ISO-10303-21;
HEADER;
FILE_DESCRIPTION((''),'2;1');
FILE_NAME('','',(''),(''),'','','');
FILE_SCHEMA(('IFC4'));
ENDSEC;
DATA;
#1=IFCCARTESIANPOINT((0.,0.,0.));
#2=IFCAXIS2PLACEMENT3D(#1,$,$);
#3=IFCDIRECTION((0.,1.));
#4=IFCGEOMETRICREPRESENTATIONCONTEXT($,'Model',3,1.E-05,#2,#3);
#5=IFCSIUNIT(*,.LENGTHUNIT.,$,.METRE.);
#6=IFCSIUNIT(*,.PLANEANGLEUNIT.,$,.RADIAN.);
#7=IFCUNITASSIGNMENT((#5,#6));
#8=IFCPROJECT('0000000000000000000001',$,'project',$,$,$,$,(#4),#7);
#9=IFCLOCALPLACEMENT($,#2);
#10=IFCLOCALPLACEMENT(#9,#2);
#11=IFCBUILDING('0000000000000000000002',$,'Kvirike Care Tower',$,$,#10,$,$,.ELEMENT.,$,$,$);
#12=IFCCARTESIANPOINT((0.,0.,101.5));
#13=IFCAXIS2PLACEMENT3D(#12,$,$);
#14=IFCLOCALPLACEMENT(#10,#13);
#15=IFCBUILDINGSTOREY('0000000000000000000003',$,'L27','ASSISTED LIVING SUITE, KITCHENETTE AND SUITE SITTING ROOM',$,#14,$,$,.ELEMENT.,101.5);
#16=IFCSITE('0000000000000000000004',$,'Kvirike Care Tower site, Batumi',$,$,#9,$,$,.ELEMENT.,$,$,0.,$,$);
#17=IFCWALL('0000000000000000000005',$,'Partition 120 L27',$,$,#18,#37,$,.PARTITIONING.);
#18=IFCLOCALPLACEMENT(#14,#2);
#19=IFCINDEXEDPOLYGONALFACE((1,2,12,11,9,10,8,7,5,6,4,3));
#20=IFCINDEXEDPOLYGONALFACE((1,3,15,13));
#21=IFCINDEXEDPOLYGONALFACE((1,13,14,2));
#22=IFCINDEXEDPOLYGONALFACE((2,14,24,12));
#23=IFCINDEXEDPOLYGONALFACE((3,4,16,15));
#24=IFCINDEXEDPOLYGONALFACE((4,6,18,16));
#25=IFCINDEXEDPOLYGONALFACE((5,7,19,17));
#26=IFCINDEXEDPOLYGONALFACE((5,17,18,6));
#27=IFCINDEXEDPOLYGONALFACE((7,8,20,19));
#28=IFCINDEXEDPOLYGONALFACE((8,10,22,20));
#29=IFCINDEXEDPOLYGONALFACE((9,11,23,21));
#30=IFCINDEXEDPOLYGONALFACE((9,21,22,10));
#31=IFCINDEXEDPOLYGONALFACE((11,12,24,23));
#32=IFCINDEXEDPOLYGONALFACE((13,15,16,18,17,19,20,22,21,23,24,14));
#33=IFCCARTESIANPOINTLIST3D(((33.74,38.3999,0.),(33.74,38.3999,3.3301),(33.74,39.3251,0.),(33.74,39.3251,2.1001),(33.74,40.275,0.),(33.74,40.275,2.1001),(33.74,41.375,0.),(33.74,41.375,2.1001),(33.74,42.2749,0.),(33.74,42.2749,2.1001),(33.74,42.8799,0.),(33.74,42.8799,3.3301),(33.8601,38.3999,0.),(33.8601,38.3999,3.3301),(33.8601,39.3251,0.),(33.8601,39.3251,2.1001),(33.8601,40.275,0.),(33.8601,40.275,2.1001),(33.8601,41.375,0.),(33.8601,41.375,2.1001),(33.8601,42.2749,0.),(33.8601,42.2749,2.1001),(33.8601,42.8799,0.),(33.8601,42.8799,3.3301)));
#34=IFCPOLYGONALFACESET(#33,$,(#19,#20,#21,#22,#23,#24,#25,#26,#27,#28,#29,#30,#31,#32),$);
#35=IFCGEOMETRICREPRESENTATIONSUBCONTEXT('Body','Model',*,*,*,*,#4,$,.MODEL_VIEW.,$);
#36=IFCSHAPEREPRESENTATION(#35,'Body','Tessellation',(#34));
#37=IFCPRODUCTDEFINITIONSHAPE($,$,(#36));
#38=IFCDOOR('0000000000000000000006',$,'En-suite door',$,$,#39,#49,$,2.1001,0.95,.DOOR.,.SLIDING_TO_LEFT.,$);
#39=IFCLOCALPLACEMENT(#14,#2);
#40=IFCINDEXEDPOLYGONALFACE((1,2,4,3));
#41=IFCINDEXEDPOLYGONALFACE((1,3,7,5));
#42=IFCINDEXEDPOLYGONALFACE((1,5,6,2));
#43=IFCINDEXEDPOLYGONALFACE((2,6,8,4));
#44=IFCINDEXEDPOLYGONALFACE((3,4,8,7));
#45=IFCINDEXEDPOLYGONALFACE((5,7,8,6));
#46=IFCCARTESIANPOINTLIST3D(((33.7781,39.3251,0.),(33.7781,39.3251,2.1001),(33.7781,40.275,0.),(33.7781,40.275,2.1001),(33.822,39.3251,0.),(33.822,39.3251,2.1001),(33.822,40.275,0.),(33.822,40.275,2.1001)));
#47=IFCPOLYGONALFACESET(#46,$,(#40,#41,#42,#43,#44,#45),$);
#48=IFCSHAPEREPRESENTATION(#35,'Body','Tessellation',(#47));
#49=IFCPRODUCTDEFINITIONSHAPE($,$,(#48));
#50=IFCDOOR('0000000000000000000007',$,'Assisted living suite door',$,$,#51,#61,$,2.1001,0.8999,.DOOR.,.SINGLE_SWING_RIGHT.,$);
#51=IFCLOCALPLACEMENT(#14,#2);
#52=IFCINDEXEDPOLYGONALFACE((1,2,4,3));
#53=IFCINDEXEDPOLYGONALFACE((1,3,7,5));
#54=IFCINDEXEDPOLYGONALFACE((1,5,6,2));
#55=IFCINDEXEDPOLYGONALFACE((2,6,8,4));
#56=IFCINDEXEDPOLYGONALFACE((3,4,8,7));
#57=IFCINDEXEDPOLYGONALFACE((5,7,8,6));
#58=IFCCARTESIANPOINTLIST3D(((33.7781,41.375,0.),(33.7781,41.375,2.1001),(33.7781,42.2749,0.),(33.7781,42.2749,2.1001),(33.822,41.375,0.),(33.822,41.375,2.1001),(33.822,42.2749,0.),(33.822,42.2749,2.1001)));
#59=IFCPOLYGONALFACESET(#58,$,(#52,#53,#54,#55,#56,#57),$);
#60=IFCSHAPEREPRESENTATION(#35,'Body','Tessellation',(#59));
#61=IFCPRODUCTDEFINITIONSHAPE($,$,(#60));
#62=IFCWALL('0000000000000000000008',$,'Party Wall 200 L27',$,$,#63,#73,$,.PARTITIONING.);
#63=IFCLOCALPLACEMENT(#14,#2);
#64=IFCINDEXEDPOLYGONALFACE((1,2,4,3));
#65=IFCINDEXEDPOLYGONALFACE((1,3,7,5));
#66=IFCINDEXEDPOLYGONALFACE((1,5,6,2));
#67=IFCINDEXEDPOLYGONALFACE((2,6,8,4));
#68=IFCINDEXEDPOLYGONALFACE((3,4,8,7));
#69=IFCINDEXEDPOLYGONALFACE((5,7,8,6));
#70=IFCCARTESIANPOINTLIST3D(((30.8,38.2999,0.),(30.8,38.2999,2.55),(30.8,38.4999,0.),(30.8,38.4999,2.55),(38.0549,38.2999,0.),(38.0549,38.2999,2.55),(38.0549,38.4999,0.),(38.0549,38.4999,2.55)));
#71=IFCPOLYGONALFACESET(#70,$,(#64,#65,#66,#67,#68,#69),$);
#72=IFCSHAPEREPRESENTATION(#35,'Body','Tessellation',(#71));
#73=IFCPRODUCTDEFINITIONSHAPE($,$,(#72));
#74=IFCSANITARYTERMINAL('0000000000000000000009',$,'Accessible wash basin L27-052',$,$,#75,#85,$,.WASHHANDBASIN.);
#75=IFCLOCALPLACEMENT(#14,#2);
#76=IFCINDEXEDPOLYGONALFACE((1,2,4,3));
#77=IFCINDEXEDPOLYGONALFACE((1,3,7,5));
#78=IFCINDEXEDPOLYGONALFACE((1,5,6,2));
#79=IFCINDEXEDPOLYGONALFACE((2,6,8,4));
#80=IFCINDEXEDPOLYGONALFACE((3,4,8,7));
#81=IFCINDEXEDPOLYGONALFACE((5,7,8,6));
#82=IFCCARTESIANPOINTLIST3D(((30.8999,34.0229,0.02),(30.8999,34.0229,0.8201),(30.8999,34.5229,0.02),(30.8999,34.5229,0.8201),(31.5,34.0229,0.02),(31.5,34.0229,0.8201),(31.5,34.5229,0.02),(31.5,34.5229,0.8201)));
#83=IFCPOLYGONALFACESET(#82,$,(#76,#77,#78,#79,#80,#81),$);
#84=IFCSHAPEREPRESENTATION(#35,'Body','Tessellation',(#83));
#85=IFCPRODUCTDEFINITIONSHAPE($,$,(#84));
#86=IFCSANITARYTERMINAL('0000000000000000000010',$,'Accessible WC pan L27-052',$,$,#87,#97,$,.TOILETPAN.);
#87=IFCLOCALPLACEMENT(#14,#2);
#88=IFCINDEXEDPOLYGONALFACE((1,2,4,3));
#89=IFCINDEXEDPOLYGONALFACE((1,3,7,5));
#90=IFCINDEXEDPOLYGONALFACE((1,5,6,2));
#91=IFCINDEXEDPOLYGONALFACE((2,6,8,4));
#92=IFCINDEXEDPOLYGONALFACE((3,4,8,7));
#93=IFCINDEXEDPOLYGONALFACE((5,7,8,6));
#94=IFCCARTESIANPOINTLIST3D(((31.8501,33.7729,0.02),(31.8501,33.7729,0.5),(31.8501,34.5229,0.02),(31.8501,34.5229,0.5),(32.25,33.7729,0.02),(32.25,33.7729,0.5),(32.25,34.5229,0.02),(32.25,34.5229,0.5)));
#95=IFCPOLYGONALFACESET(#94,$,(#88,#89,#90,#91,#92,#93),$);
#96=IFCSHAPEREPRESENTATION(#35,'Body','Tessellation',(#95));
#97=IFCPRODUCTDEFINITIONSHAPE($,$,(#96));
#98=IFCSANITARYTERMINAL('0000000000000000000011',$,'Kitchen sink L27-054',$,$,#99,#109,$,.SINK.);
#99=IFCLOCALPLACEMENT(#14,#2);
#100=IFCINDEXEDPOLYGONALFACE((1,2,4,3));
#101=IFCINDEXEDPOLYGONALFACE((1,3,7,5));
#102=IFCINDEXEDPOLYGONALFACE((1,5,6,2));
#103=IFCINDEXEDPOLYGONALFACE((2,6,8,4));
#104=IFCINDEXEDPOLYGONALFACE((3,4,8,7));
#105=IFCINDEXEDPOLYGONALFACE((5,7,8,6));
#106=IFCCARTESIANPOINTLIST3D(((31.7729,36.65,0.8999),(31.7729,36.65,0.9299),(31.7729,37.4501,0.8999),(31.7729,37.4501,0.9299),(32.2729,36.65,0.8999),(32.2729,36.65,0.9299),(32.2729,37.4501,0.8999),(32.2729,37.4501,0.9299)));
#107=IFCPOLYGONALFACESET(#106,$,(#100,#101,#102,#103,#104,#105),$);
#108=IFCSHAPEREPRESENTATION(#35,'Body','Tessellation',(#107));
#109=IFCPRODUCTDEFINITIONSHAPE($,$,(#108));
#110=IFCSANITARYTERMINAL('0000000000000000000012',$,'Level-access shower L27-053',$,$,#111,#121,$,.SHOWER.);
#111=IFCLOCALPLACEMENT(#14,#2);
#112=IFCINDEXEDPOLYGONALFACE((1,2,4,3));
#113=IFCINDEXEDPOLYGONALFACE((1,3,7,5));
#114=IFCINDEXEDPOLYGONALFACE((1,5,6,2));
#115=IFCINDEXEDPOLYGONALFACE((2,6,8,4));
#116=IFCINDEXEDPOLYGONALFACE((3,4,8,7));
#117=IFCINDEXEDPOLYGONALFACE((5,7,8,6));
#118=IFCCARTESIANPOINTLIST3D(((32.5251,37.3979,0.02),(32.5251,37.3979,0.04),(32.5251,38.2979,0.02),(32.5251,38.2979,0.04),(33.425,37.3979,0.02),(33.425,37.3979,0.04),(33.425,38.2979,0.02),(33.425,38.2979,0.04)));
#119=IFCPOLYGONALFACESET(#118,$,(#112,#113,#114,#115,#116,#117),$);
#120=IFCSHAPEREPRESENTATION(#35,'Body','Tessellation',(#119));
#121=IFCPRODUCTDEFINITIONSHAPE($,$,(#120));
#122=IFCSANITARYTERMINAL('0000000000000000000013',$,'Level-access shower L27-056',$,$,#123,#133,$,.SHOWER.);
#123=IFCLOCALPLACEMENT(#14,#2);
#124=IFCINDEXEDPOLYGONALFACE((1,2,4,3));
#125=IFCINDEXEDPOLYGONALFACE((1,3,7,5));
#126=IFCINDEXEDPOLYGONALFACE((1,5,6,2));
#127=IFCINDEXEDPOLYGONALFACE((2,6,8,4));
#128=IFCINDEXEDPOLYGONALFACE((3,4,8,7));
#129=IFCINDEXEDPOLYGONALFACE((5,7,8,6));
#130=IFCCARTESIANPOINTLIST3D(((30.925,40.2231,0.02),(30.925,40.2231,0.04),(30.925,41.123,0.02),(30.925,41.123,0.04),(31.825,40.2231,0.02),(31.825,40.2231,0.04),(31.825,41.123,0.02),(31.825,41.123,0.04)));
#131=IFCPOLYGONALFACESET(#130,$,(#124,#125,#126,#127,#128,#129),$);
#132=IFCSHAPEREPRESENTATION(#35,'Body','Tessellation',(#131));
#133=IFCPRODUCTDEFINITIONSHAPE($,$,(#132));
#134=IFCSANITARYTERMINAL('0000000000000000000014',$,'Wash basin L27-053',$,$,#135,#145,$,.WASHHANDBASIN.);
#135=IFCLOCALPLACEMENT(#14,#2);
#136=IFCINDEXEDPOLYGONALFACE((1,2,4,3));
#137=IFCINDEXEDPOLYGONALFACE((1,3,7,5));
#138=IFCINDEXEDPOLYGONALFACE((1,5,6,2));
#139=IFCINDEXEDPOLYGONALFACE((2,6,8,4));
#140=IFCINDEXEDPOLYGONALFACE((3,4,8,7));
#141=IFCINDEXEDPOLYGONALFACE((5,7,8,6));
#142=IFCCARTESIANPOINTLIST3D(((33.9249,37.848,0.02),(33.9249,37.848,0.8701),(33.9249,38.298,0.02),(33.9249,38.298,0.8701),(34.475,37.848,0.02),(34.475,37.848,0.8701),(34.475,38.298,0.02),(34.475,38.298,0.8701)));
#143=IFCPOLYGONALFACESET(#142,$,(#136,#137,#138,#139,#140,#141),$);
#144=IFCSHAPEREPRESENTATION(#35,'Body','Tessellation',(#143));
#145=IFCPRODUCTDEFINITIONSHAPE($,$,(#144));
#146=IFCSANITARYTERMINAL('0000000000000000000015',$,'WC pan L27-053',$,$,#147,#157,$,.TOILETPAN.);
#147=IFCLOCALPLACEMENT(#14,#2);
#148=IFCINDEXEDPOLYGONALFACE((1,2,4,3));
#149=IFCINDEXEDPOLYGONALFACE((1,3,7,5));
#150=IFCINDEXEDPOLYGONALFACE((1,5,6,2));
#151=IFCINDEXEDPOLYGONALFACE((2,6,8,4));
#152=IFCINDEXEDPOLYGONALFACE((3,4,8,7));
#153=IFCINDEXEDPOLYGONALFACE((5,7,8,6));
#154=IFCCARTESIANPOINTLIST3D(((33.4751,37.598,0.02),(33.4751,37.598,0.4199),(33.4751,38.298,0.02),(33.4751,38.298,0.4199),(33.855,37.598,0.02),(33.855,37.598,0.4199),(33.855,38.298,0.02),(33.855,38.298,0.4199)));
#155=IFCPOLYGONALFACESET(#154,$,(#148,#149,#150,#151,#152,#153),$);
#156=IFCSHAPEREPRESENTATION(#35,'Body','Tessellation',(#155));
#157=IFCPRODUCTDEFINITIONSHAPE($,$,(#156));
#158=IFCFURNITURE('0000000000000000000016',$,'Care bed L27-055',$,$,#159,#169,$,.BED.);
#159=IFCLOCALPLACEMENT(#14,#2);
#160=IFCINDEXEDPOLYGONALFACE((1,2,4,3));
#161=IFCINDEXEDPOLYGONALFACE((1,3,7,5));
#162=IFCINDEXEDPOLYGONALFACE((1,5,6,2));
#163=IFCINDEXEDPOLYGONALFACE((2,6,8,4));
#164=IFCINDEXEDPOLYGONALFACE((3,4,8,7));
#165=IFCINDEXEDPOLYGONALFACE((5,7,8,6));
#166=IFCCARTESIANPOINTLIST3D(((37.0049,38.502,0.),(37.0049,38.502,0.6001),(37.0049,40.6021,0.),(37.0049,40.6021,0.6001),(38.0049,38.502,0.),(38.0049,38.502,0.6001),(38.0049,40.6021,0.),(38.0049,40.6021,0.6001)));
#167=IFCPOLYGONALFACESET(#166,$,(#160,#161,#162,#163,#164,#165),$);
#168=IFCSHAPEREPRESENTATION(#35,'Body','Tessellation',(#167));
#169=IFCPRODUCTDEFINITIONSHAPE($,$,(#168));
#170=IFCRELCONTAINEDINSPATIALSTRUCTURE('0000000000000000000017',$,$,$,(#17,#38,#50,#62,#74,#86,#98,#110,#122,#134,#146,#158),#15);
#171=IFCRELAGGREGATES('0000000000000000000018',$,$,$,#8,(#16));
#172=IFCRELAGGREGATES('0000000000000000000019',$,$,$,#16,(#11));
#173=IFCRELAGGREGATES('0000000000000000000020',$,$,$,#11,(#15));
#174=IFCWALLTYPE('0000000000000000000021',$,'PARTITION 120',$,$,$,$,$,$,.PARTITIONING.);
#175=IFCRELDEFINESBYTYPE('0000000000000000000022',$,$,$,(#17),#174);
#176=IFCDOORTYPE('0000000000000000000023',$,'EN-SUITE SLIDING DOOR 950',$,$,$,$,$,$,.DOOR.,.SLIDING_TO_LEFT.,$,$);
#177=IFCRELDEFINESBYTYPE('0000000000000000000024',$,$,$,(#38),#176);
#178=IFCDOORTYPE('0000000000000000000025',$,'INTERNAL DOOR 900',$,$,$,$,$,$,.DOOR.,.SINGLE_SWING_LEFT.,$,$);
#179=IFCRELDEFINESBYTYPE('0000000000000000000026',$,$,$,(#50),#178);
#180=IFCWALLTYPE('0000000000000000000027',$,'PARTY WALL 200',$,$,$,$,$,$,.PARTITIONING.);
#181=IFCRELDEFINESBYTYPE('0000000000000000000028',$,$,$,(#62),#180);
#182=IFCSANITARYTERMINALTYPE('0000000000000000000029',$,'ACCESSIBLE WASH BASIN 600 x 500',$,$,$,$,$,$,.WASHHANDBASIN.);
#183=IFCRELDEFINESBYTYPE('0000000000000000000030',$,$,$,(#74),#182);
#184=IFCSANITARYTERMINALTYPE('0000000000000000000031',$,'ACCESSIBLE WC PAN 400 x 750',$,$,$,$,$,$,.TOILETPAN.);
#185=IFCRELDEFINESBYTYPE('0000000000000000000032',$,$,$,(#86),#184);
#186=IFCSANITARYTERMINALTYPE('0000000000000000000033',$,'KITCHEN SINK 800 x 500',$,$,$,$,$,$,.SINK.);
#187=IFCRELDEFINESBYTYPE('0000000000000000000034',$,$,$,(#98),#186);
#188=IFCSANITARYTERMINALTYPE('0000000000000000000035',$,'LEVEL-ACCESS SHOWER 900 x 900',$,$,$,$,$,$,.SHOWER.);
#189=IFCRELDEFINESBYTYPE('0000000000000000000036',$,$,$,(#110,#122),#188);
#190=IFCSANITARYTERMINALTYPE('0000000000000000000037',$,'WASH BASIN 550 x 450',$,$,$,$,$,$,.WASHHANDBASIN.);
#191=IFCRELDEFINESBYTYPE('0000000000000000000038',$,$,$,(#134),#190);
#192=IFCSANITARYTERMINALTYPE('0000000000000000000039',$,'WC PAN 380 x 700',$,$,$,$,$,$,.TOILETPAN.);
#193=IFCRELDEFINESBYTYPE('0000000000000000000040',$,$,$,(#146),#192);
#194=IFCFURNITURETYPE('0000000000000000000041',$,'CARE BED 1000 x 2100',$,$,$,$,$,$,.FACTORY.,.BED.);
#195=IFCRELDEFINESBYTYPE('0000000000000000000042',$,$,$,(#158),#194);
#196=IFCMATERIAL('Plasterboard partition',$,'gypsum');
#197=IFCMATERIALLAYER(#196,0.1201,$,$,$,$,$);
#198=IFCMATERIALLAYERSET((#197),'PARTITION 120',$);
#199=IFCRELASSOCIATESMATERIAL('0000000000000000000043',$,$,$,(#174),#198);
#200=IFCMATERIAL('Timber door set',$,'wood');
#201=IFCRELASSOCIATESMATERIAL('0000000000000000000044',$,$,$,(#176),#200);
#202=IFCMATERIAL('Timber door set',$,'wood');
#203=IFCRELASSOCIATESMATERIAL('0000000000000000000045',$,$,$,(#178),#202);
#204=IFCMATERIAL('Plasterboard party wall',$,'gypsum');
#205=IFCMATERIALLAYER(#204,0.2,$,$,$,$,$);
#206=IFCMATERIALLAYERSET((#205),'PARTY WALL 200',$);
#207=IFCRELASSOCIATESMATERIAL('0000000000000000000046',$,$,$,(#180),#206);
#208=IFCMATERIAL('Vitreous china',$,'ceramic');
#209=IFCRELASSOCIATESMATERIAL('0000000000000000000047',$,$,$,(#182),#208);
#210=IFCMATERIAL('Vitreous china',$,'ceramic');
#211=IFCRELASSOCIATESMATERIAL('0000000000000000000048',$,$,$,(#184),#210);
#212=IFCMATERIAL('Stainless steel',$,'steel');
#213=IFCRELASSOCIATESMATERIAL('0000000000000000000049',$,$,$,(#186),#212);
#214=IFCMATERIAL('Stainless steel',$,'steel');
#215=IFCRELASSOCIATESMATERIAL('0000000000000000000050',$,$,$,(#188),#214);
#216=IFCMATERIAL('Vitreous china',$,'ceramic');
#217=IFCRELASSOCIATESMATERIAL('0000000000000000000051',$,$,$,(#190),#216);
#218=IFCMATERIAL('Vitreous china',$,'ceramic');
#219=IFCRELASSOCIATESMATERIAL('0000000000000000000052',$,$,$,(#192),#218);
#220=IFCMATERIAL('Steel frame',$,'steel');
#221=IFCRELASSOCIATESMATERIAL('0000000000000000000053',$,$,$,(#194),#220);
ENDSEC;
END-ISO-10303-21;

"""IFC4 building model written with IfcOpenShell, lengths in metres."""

from ifc_helpers import new_model, si_unit, direction, frame, frame_2d, origin, origin_2d, place, context, subcontext, project, spatial, rectangle, extrude, material, layer, layer_set, type_object, element, fill, save


model = new_model("IFC4")

# Units and contexts
model_context = context("Model", 3, precision=1e-05, world=origin(), true_north=direction((0.0, 1.0)))
body_context = subcontext(model_context, "Body", "Model", "MODEL_VIEW")
ifc_project = project(units=[si_unit("LENGTHUNIT", "METRE"), si_unit("PLANEANGLEUNIT", "RADIAN")], contexts=[model_context])

# Site, building, storey
site_placement = place(None, origin())
site = spatial("IfcSite", under=ifc_project, at=site_placement, Name="Kvirike Care Tower site, Batumi", CompositionType="ELEMENT", RefElevation=0.0)
building_placement = place(site_placement, origin())
building = spatial("IfcBuilding", under=site, at=building_placement, Name="Kvirike Care Tower", CompositionType="ELEMENT")
storey_placement = place(building_placement, frame((0.0, 0.0, 101.5)))
storey = spatial("IfcBuildingStorey", under=building, at=storey_placement, Name="L27", Description="ASSISTED LIVING SUITE, KITCHENETTE AND SUITE SITTING ROOM", CompositionType="ELEMENT", Elevation=101.5)

# Wall, openings, doors
ifc_material_1 = material(Name="Plasterboard partition", Category="gypsum")
ifc_layer_1 = layer(ifc_material_1, 0.1201)
ifc_layer_set_1 = layer_set([ifc_layer_1], Name="PARTITION 120")
wall_type_1 = type_object("IfcWallType", Name="PARTITION 120", PredefinedType="PARTITIONING", material=ifc_layer_set_1)
ifc_material_2 = material(Name="Timber door set", Category="wood")
door_type_1 = type_object("IfcDoorType", Name="EN-SUITE SLIDING DOOR 950", OperationType="SLIDING_TO_LEFT", PredefinedType="DOOR", material=ifc_material_2)
ifc_material_3 = material(Name="Timber door set", Category="wood")
door_type_2 = type_object("IfcDoorType", Name="INTERNAL DOOR 900", OperationType="SINGLE_SWING_LEFT", PredefinedType="DOOR", material=ifc_material_3)
wall_1_placement = place(storey_placement, frame((33.8, 38.3999, 0.0), z_axis=(0.0, 0.0, 1.0), x_axis=(0.0, 1.0, 0.0)))
wall_1 = element("IfcWall", 1, at=wall_1_placement, inside=storey, type_object=wall_type_1, Name="Partition 120 L27", PredefinedType="PARTITIONING", context=body_context, shape_type="SweptSolid", body=[
    extrude(rectangle(XDim=4.48, YDim=0.1201, at=frame_2d((2.24, 0.0))), origin(), (0.0, 0.0, 1.0), 3.3301),
])
opening_1_placement = place(wall_1_placement, frame((2.9751, 0.0, 0.0)))
opening_1 = element("IfcOpeningElement", 2, at=opening_1_placement, cuts=wall_1, PredefinedType="OPENING", context=body_context, shape_type="SweptSolid", body=[
    extrude(rectangle(XDim=0.8999, YDim=2.1001, at=frame_2d((0.45, 1.05))), frame((0.0, 0.0706, 0.0), z_axis=(0.0, -1.0, 0.0), x_axis=(1.0, 0.0, 0.0)), (0.0, 0.0, 1.0), 0.1411),
])
opening_2_placement = place(wall_1_placement, frame((0.925, 0.0, 0.0)))
opening_2 = element("IfcOpeningElement", 3, at=opening_2_placement, cuts=wall_1, PredefinedType="OPENING", context=body_context, shape_type="SweptSolid", body=[
    extrude(rectangle(XDim=0.95, YDim=2.1001, at=frame_2d((0.4751, 1.05))), frame((0.0, 0.0706, 0.0), z_axis=(0.0, -1.0, 0.0), x_axis=(1.0, 0.0, 0.0)), (0.0, 0.0, 1.0), 0.1411),
])
door_1_placement = place(opening_2_placement, origin())
door_1 = element("IfcDoor", 4, at=door_1_placement, inside=storey, type_object=door_type_1, Name="En-suite door", OperationType="SLIDING_TO_LEFT", OverallHeight=2.1001, OverallWidth=0.95, PredefinedType="DOOR", context=body_context, shape_type="SweptSolid", body=[
    extrude(rectangle(XDim=0.95, YDim=2.1001, at=frame_2d((0.4751, 1.05))), frame((0.0, 0.022, 0.0), z_axis=(0.0, -1.0, 0.0), x_axis=(1.0, 0.0, 0.0)), (0.0, 0.0, 1.0), 0.0439),
])
fill(opening_2, door_1)
door_2_placement = place(opening_1_placement, origin())
door_2 = element("IfcDoor", 5, at=door_2_placement, inside=storey, type_object=door_type_2, Name="Assisted living suite door", OperationType="SINGLE_SWING_RIGHT", OverallHeight=2.1001, OverallWidth=0.8999, PredefinedType="DOOR", context=body_context, shape_type="SweptSolid", body=[
    extrude(rectangle(XDim=0.8999, YDim=2.1001, at=frame_2d((0.45, 1.05))), frame((0.0, 0.022, 0.0), z_axis=(0.0, -1.0, 0.0), x_axis=(1.0, 0.0, 0.0)), (0.0, 0.0, 1.0), 0.0439),
])
fill(opening_1, door_2)

# Wall
ifc_material_4 = material(Name="Plasterboard party wall", Category="gypsum")
ifc_layer_2 = layer(ifc_material_4, 0.2)
ifc_layer_set_2 = layer_set([ifc_layer_2], Name="PARTY WALL 200")
wall_type_2 = type_object("IfcWallType", Name="PARTY WALL 200", PredefinedType="PARTITIONING", material=ifc_layer_set_2)
wall_2_placement = place(storey_placement, frame((38.0549, 38.3999, 0.0), z_axis=(0.0, 0.0, 1.0), x_axis=(-1.0, 0.0, 0.0)))
element("IfcWall", 6, at=wall_2_placement, inside=storey, type_object=wall_type_2, Name="Party Wall 200 L27", PredefinedType="PARTITIONING", context=body_context, shape_type="SweptSolid", body=[
    extrude(rectangle(XDim=7.2549, YDim=0.2, at=frame_2d((3.6274, 0.0))), origin(), (0.0, 0.0, 1.0), 2.55),
])

# Sanitary terminals
ifc_material_5 = material(Name="Vitreous china", Category="ceramic")
sanitary_terminal_type_1 = type_object("IfcSanitaryTerminalType", Name="ACCESSIBLE WASH BASIN 600 x 500", PredefinedType="WASHHANDBASIN", material=ifc_material_5)
sanitary_terminal_1_placement = place(storey_placement, frame((31.2, 34.2729, 0.02), z_axis=(0.0, 0.0, 1.0), x_axis=(1.0, 0.0, 0.0)))
element("IfcSanitaryTerminal", 7, at=sanitary_terminal_1_placement, inside=storey, type_object=sanitary_terminal_type_1, Name="Accessible wash basin L27-052", PredefinedType="WASHHANDBASIN", context=body_context, shape_type="SweptSolid", body=[
    extrude(rectangle(XDim=0.6001, YDim=0.5, at=origin_2d()), origin(), (0.0, 0.0, 1.0), 0.8),
])
ifc_material_6 = material(Name="Vitreous china", Category="ceramic")
sanitary_terminal_type_2 = type_object("IfcSanitaryTerminalType", Name="ACCESSIBLE WC PAN 400 x 750", PredefinedType="TOILETPAN", material=ifc_material_6)
sanitary_terminal_2_placement = place(storey_placement, frame((32.05, 34.1479, 0.02), z_axis=(0.0, 0.0, 1.0), x_axis=(1.0, 0.0, 0.0)))
element("IfcSanitaryTerminal", 8, at=sanitary_terminal_2_placement, inside=storey, type_object=sanitary_terminal_type_2, Name="Accessible WC pan L27-052", PredefinedType="TOILETPAN", context=body_context, shape_type="SweptSolid", body=[
    extrude(rectangle(XDim=0.3999, YDim=0.75, at=origin_2d()), origin(), (0.0, 0.0, 1.0), 0.48),
])
ifc_material_7 = material(Name="Stainless steel", Category="steel")
sanitary_terminal_type_3 = type_object("IfcSanitaryTerminalType", Name="KITCHEN SINK 800 x 500", PredefinedType="SINK", material=ifc_material_7)
sanitary_terminal_3_placement = place(storey_placement, frame((32.0229, 37.05, 0.8999), z_axis=(0.0, 0.0, 1.0), x_axis=(0.0, -1.0, 0.0)))
element("IfcSanitaryTerminal", 9, at=sanitary_terminal_3_placement, inside=storey, type_object=sanitary_terminal_type_3, Name="Kitchen sink L27-054", PredefinedType="SINK", context=body_context, shape_type="SweptSolid", body=[
    extrude(rectangle(XDim=0.8, YDim=0.5, at=origin_2d()), origin(), (0.0, 0.0, 1.0), 0.03),
])
ifc_material_8 = material(Name="Stainless steel", Category="steel")
sanitary_terminal_type_4 = type_object("IfcSanitaryTerminalType", Name="LEVEL-ACCESS SHOWER 900 x 900", PredefinedType="SHOWER", material=ifc_material_8)
for number, where, z_axis, x_axis, name in (
    (10, (32.9751, 37.8479, 0.02), (0.0, 0.0, 1.0), (1.0, 0.0, 0.0), "Level-access shower L27-053"),
    (11, (31.375, 40.6731, 0.02), (0.0, 0.0, 1.0), (1.0, 0.0, 0.0), "Level-access shower L27-056"),
):
    element("IfcSanitaryTerminal", number, at=place(storey_placement, frame(where, z_axis=z_axis, x_axis=x_axis)), inside=storey, type_object=sanitary_terminal_type_4, Name=name, PredefinedType="SHOWER", context=body_context, shape_type="SweptSolid", body=[
        extrude(rectangle(XDim=0.8999, YDim=0.8999, at=origin_2d()), origin(), (0.0, 0.0, 1.0), 0.02),
    ])
ifc_material_9 = material(Name="Vitreous china", Category="ceramic")
sanitary_terminal_type_5 = type_object("IfcSanitaryTerminalType", Name="WASH BASIN 550 x 450", PredefinedType="WASHHANDBASIN", material=ifc_material_9)
sanitary_terminal_4_placement = place(storey_placement, frame((34.2, 38.073, 0.02), z_axis=(0.0, 0.0, 1.0), x_axis=(1.0, 0.0, 0.0)))
element("IfcSanitaryTerminal", 12, at=sanitary_terminal_4_placement, inside=storey, type_object=sanitary_terminal_type_5, Name="Wash basin L27-053", PredefinedType="WASHHANDBASIN", context=body_context, shape_type="SweptSolid", body=[
    extrude(rectangle(XDim=0.55, YDim=0.45, at=origin_2d()), origin(), (0.0, 0.0, 1.0), 0.8501),
])
ifc_material_10 = material(Name="Vitreous china", Category="ceramic")
sanitary_terminal_type_6 = type_object("IfcSanitaryTerminalType", Name="WC PAN 380 x 700", PredefinedType="TOILETPAN", material=ifc_material_10)
sanitary_terminal_5_placement = place(storey_placement, frame((33.665, 37.948, 0.02), z_axis=(0.0, 0.0, 1.0), x_axis=(1.0, 0.0, 0.0)))
element("IfcSanitaryTerminal", 13, at=sanitary_terminal_5_placement, inside=storey, type_object=sanitary_terminal_type_6, Name="WC pan L27-053", PredefinedType="TOILETPAN", context=body_context, shape_type="SweptSolid", body=[
    extrude(rectangle(XDim=0.3799, YDim=0.7, at=origin_2d()), origin(), (0.0, 0.0, 1.0), 0.3999),
])

# Furniture
ifc_material_11 = material(Name="Steel frame", Category="steel")
furniture_type_1 = type_object("IfcFurnitureType", Name="CARE BED 1000 x 2100", AssemblyPlace="FACTORY", PredefinedType="BED", material=ifc_material_11)
furniture_1_placement = place(storey_placement, frame((37.5049, 39.552, 0.0), z_axis=(0.0, 0.0, 1.0), x_axis=(-1.0, 0.0, 0.0)))
element("IfcFurniture", 14, at=furniture_1_placement, inside=storey, type_object=furniture_type_1, Name="Care bed L27-055", PredefinedType="BED", context=body_context, shape_type="SweptSolid", body=[
    extrude(rectangle(XDim=1.0, YDim=2.1001, at=origin_2d()), origin(), (0.0, 0.0, 1.0), 0.6001),
])

save(model, "model.ifc")
